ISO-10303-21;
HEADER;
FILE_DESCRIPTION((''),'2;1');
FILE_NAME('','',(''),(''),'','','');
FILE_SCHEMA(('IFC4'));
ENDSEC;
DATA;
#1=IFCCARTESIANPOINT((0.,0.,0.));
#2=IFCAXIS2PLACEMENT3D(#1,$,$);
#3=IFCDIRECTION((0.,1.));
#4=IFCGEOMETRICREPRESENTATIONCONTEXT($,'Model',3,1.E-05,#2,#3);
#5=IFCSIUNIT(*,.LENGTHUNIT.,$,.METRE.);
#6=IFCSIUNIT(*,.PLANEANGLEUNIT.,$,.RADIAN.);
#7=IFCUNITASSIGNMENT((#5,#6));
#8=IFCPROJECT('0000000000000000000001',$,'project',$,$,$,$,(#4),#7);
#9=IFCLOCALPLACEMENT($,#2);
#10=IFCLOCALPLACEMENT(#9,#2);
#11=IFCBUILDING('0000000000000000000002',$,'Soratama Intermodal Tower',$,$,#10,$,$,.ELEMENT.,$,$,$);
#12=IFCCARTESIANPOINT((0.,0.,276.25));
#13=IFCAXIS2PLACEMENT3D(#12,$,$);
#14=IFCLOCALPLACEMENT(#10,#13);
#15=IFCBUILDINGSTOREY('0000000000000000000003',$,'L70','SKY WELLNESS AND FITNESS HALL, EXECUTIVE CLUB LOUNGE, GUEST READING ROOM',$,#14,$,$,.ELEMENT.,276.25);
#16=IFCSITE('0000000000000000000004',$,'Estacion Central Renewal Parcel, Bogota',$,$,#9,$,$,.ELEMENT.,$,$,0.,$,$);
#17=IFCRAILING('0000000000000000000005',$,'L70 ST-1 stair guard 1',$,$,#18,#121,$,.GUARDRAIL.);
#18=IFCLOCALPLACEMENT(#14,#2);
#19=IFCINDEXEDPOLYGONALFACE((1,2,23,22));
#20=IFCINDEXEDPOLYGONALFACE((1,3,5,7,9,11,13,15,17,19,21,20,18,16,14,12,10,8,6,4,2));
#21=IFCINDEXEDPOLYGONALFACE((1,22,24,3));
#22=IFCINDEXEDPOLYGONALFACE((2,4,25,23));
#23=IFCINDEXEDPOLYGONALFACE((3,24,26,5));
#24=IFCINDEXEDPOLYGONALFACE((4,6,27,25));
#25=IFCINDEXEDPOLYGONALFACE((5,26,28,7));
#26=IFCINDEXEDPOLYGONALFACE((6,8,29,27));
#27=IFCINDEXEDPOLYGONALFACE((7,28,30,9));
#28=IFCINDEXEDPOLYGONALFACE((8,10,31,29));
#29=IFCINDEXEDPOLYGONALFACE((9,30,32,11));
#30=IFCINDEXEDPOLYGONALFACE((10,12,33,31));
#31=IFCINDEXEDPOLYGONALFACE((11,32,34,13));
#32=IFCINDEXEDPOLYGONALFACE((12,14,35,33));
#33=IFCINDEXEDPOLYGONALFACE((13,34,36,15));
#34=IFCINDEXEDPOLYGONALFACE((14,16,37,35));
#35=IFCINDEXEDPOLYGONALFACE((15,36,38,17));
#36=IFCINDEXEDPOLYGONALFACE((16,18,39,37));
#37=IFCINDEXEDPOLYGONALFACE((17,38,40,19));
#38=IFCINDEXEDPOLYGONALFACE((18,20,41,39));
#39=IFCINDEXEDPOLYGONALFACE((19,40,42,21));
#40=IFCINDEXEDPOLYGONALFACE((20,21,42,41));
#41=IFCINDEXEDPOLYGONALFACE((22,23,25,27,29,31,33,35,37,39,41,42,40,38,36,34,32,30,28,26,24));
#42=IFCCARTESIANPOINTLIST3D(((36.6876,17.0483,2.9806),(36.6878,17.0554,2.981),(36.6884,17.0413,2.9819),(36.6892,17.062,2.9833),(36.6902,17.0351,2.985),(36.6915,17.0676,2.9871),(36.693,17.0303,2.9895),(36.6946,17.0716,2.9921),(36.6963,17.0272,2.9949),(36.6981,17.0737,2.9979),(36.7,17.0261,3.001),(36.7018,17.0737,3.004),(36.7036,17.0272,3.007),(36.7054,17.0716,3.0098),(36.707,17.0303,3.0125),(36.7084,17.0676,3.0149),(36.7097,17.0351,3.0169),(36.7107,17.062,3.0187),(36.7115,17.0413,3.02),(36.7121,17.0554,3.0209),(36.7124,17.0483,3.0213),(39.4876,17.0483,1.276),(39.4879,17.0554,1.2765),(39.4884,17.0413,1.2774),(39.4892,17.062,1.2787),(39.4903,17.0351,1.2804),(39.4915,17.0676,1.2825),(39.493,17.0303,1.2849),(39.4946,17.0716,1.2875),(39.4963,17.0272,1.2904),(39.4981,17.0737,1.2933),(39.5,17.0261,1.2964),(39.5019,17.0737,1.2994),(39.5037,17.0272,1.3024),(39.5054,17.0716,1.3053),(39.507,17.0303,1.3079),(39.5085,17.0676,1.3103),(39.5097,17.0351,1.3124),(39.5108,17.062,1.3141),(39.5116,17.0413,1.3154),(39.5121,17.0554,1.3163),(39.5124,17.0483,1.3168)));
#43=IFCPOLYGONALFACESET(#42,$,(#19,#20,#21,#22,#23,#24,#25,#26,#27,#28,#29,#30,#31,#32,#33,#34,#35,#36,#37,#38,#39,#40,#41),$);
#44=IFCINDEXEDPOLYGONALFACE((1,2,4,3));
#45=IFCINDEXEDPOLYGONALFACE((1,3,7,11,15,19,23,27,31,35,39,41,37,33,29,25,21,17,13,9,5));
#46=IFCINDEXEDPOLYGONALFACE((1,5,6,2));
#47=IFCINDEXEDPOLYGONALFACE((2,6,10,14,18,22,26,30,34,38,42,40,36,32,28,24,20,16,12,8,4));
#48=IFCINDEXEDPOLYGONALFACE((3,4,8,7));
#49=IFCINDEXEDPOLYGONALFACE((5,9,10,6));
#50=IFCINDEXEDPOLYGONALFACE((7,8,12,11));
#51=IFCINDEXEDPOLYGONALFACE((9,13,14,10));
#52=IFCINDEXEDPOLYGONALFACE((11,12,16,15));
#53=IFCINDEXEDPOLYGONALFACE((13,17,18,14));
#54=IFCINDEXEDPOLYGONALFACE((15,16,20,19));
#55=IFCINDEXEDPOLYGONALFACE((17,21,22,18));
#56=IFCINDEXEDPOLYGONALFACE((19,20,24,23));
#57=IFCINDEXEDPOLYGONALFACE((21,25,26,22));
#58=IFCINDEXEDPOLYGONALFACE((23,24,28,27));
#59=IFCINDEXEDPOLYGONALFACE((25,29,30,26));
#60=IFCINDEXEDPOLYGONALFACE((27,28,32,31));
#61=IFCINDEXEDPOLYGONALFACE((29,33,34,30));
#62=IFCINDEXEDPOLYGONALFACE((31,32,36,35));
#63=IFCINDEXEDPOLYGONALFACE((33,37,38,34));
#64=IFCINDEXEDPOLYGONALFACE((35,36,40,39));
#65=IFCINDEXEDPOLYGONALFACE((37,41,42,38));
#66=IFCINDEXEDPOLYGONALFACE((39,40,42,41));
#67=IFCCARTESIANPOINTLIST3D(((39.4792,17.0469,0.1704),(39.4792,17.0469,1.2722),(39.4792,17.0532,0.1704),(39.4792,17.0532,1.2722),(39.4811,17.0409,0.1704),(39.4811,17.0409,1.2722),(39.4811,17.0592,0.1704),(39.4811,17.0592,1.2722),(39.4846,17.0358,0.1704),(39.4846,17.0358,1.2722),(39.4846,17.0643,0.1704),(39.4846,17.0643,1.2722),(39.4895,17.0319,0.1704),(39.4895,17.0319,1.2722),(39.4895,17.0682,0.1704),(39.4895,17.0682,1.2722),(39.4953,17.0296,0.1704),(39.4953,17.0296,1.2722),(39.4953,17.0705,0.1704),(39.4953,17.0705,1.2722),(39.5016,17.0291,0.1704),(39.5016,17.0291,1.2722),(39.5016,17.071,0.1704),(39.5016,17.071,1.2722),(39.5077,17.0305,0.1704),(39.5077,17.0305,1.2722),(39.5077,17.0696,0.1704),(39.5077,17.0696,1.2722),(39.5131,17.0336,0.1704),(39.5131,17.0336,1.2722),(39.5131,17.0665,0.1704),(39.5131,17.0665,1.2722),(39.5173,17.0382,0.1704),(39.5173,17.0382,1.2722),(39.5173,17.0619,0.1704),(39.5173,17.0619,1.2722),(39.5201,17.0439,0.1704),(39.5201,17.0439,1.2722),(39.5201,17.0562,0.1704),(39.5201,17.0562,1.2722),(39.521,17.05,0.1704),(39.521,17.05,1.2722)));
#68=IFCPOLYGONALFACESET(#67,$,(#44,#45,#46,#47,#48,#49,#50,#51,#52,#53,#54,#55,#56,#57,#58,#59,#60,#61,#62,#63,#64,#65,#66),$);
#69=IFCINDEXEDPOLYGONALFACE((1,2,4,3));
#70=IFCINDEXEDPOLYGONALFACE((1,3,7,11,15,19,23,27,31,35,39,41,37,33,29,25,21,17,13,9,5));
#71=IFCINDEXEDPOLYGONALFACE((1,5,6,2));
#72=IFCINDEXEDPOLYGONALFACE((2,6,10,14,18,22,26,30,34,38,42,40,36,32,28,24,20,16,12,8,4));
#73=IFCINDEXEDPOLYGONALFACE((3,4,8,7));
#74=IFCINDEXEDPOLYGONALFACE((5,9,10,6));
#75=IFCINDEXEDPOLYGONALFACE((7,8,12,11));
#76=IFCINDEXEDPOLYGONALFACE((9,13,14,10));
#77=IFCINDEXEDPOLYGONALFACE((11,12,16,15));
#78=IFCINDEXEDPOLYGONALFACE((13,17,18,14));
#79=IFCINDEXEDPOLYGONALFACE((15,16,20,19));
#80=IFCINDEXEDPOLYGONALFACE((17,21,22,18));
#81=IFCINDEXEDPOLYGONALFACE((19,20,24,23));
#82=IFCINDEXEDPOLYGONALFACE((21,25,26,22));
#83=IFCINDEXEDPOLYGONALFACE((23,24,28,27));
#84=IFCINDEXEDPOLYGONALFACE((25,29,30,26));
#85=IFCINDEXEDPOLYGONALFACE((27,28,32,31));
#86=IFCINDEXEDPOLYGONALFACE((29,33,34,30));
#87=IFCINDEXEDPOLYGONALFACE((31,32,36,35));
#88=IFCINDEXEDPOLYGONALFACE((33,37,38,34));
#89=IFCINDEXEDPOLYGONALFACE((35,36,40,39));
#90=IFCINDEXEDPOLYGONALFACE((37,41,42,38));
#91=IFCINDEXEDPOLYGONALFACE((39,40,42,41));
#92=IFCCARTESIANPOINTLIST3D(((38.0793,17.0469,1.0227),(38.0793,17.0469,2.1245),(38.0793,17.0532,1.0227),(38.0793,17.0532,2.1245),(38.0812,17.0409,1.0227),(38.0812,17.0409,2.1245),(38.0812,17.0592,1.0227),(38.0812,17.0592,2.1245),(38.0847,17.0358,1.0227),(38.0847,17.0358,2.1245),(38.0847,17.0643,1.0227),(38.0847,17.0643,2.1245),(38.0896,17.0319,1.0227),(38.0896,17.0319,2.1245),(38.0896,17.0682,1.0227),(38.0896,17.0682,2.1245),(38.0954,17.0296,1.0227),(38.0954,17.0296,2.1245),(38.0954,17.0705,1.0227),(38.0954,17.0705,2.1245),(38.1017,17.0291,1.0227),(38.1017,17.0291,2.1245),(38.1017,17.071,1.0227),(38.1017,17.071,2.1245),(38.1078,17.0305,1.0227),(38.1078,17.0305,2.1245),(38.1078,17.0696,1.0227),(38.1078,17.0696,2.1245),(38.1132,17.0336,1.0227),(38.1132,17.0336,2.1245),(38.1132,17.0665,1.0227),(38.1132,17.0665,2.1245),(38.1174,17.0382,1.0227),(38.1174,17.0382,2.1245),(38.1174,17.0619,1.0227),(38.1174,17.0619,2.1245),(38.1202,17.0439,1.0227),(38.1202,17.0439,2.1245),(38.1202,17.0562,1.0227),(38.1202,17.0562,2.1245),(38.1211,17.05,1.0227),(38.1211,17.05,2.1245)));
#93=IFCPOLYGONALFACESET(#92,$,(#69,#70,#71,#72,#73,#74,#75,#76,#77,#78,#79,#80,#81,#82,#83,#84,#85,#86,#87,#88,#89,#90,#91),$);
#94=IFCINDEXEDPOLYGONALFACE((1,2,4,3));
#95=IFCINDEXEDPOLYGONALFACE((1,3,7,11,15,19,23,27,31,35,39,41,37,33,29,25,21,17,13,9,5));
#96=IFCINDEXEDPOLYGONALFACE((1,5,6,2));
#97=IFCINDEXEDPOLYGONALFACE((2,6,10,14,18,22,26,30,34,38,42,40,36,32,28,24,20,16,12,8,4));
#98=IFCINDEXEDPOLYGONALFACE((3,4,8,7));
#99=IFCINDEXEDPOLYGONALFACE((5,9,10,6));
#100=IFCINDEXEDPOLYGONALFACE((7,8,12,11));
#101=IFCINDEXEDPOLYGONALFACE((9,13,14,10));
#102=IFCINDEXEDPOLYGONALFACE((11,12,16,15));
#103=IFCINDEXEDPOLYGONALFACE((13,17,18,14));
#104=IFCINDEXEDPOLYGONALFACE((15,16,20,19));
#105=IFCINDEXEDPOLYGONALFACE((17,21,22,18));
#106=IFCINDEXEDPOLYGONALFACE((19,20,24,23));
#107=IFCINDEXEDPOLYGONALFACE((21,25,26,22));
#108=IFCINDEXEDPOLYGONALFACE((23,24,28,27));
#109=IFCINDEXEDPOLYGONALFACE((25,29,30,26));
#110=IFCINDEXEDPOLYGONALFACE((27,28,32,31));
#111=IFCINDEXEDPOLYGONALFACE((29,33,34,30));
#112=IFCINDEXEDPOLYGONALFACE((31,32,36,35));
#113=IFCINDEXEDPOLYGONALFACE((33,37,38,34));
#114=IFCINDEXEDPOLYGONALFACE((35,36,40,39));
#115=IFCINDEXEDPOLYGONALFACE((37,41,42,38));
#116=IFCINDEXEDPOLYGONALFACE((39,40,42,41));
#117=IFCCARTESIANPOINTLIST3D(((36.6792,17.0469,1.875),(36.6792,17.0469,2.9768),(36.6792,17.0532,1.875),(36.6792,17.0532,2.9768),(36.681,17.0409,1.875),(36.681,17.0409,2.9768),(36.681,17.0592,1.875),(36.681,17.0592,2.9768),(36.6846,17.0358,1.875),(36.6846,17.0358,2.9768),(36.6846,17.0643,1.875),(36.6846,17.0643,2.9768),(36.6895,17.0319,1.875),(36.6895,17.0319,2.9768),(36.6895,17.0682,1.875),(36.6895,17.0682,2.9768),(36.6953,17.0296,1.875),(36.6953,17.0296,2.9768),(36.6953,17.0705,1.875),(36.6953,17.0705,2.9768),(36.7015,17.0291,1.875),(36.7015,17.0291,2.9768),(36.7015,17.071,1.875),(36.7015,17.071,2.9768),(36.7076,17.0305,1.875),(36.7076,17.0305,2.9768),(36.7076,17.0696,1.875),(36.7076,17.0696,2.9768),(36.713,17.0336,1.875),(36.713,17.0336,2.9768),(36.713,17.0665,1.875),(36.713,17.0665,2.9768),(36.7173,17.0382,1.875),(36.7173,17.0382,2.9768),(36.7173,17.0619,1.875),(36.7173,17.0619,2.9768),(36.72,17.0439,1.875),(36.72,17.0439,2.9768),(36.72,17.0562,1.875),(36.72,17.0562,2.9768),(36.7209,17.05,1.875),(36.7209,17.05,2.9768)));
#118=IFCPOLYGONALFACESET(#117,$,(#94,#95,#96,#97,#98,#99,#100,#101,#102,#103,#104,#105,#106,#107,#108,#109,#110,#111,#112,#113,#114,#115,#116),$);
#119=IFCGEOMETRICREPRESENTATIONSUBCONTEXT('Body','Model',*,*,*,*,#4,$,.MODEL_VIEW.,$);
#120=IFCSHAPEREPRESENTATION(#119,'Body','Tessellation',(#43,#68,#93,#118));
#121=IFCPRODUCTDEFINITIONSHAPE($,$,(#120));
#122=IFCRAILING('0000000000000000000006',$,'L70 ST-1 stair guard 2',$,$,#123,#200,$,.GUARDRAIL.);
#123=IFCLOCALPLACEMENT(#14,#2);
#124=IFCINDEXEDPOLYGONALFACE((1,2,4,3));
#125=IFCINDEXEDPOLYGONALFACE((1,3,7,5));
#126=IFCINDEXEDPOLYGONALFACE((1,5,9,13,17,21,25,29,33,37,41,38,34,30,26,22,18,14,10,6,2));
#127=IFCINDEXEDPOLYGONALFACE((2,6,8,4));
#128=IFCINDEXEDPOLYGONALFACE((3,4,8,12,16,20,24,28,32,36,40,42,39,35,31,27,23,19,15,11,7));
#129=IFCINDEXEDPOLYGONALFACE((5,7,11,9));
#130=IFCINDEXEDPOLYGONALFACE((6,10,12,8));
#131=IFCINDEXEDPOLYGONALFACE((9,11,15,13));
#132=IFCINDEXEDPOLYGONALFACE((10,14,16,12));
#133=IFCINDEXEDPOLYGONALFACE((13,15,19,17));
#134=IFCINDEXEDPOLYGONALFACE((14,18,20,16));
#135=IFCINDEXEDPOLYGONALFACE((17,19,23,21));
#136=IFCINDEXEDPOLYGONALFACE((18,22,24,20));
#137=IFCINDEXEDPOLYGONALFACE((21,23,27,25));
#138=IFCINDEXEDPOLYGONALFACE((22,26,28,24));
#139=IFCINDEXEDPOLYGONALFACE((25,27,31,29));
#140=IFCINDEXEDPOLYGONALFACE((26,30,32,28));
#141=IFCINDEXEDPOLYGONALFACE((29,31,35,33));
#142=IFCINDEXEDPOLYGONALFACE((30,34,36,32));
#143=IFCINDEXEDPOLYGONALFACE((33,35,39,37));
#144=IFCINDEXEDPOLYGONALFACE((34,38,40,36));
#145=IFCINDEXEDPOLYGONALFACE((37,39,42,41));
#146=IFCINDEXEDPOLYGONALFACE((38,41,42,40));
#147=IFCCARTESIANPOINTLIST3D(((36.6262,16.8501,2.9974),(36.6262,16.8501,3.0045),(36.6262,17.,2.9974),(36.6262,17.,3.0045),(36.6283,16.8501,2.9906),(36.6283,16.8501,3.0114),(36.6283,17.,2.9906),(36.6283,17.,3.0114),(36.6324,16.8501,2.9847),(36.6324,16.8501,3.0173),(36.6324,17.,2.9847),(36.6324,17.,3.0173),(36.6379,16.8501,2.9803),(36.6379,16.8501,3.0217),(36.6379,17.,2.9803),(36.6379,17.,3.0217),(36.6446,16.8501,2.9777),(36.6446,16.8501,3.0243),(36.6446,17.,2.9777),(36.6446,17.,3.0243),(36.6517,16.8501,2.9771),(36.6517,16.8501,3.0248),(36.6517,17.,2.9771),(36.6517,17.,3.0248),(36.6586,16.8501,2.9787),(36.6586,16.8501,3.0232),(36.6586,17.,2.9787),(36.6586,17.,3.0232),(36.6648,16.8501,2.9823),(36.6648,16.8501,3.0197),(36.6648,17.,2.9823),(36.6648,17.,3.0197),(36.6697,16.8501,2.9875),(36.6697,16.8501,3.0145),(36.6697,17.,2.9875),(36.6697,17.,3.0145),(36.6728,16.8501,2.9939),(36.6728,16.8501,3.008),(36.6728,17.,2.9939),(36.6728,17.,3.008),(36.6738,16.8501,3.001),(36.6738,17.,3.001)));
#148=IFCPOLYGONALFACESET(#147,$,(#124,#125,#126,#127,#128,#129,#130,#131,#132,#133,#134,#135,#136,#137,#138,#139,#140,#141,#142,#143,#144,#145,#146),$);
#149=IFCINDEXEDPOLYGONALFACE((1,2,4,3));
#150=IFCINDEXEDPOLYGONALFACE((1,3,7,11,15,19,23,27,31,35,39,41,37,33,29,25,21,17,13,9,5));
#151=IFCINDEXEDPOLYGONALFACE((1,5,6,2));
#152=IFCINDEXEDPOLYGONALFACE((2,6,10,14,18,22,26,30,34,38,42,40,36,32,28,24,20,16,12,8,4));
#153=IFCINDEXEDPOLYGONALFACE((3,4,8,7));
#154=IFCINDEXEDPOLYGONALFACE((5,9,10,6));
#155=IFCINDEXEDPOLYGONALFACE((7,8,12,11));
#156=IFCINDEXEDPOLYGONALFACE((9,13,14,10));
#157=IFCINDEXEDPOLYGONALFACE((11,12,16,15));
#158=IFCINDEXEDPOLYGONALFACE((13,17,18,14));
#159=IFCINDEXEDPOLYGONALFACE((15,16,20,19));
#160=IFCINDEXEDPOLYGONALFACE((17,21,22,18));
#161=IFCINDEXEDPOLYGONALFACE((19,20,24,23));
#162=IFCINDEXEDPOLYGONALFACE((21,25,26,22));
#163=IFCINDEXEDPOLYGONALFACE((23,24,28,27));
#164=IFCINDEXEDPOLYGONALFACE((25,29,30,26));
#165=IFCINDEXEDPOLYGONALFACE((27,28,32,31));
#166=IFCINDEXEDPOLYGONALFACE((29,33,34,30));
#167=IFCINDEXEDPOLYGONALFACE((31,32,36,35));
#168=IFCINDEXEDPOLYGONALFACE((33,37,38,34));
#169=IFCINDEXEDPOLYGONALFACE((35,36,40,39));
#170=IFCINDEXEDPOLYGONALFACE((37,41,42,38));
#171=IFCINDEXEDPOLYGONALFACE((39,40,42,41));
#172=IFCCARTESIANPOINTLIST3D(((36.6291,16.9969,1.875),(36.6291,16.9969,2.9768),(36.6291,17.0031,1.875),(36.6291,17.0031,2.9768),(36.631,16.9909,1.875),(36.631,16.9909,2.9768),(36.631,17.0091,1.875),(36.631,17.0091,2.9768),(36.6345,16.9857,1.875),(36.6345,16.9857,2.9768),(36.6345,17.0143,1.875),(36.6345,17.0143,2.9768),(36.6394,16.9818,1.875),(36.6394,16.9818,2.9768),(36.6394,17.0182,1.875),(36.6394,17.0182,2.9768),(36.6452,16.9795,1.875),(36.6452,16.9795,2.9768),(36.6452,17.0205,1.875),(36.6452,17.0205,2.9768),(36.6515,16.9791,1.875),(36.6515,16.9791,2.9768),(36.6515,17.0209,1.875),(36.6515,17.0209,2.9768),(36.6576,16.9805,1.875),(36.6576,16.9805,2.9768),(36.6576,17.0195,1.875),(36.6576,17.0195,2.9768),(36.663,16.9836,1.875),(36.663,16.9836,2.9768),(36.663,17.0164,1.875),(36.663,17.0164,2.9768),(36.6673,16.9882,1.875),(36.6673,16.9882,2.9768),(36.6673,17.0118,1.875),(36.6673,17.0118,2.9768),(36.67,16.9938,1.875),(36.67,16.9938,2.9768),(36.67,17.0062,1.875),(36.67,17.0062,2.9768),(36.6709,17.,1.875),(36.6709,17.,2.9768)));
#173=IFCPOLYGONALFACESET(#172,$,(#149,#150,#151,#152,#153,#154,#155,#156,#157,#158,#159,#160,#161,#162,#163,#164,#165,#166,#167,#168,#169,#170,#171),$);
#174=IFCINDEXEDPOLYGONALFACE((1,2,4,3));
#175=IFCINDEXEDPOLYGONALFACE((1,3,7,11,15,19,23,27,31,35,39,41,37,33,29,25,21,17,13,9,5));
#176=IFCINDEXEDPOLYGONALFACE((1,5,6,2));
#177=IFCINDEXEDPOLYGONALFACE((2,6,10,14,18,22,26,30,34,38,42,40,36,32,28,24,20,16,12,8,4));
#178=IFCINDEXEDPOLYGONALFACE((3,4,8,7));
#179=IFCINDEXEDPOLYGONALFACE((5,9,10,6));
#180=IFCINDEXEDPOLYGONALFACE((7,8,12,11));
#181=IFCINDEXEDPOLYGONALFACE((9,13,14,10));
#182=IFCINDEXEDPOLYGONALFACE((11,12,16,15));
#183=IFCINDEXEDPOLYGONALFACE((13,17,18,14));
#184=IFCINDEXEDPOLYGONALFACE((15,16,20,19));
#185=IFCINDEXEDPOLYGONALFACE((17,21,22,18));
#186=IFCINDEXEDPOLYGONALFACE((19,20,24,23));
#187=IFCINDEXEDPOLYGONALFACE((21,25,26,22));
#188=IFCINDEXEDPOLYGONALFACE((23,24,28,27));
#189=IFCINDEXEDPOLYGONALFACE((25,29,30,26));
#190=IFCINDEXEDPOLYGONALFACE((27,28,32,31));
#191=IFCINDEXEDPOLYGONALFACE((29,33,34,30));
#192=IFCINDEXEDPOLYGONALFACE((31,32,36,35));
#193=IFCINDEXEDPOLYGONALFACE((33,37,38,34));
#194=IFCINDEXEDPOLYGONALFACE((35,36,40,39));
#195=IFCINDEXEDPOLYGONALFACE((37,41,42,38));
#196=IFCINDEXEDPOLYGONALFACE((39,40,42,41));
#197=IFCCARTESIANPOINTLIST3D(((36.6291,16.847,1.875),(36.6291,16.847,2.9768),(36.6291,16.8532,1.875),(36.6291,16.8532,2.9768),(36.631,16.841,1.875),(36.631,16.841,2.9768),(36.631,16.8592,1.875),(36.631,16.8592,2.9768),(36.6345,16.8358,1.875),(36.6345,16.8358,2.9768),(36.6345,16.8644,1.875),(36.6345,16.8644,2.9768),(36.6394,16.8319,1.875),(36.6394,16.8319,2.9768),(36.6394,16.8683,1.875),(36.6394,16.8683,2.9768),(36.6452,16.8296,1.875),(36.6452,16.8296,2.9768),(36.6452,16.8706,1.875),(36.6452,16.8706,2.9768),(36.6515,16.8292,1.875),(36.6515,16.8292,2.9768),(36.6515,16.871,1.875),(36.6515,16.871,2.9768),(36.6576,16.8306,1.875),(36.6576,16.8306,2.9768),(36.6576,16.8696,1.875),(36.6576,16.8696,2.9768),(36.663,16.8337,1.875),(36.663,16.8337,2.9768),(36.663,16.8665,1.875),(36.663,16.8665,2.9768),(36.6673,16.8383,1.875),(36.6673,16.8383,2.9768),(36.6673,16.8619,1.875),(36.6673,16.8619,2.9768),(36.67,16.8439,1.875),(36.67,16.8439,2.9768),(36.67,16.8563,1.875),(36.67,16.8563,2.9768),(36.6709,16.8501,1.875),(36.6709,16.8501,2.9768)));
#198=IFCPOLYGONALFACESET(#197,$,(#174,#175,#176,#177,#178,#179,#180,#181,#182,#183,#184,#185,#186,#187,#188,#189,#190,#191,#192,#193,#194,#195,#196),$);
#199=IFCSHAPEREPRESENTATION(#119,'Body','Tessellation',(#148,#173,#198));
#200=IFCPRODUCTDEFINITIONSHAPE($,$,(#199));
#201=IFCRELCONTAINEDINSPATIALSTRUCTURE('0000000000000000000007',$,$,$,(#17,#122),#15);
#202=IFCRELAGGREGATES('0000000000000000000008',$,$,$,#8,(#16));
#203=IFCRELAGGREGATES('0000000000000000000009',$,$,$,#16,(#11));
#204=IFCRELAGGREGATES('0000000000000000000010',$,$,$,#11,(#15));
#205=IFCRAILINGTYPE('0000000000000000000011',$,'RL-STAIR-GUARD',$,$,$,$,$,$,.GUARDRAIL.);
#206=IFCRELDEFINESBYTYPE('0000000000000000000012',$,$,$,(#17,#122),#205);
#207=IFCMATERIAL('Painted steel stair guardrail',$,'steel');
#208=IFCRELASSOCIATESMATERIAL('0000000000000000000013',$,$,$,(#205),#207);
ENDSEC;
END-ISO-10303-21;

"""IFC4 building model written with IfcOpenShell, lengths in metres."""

from ifc_helpers import new_model, si_unit, direction, frame, origin, origin_2d, place, context, subcontext, project, spatial, circle, extrude, material, type_object, element, save


model = new_model("IFC4")

# Units and contexts
model_context = context("Model", 3, precision=1e-05, world=origin(), true_north=direction((0.0, 1.0)))
body_context = subcontext(model_context, "Body", "Model", "MODEL_VIEW")
ifc_project = project(units=[si_unit("LENGTHUNIT", "METRE"), si_unit("PLANEANGLEUNIT", "RADIAN")], contexts=[model_context])

# Site, building, storey
site_placement = place(None, origin())
site = spatial("IfcSite", under=ifc_project, at=site_placement, Name="Estacion Central Renewal Parcel, Bogota", CompositionType="ELEMENT", RefElevation=0.0)
building_placement = place(site_placement, origin())
building = spatial("IfcBuilding", under=site, at=building_placement, Name="Soratama Intermodal Tower", CompositionType="ELEMENT")
storey_placement = place(building_placement, frame((0.0, 0.0, 276.25)))
storey = spatial("IfcBuildingStorey", under=building, at=storey_placement, Name="L70", Description="SKY WELLNESS AND FITNESS HALL, EXECUTIVE CLUB LOUNGE, GUEST READING ROOM", CompositionType="ELEMENT", Elevation=276.25)

# Railings
ifc_material_1 = material(Name="Painted steel stair guardrail", Category="steel")
railing_type_1 = type_object("IfcRailingType", Name="RL-STAIR-GUARD", PredefinedType="GUARDRAIL", material=ifc_material_1)
railing_1_placement = place(storey_placement, frame((39.5, 17.05, 0.1704)))
element("IfcRailing", 1, at=railing_1_placement, inside=storey, type_object=railing_type_1, Name="L70 ST-1 stair guard 1", PredefinedType="GUARDRAIL", context=body_context, shape_type="SweptSolid", body=[
    extrude(circle(Radius=0.0239, at=origin_2d()), frame((0.0, 0.0, 1.126), z_axis=(-0.85417, 0.0, 0.519994), x_axis=(0.0, -1.0, 0.0)), (0.0, 0.0, 1.0), 3.2781),
    extrude(circle(Radius=0.021, at=origin_2d()), origin(), (0.0, 0.0, 1.0), 1.1018),
    extrude(circle(Radius=0.021, at=origin_2d()), frame((-1.3999, 0.0, 0.8523)), (0.0, 0.0, 1.0), 1.1018),
    extrude(circle(Radius=0.021, at=origin_2d()), frame((-2.8, 0.0, 1.7046)), (0.0, 0.0, 1.0), 1.1018),
])
railing_2_placement = place(storey_placement, frame((36.6499, 17.0, 1.875)))
element("IfcRailing", 2, at=railing_2_placement, inside=storey, type_object=railing_type_1, Name="L70 ST-1 stair guard 2", PredefinedType="GUARDRAIL", context=body_context, shape_type="SweptSolid", body=[
    extrude(circle(Radius=0.0239, at=origin_2d()), frame((0.0, 0.0, 1.126), z_axis=(0.0, -1.0, 0.0), x_axis=(1.0, 0.0, 0.0)), (0.0, 0.0, 1.0), 0.1499),
    extrude(circle(Radius=0.021, at=origin_2d()), origin(), (0.0, 0.0, 1.0), 1.1018),
    extrude(circle(Radius=0.021, at=origin_2d()), frame((0.0, -0.1499, 0.0)), (0.0, 0.0, 1.0), 1.1018),
])

save(model, "model.ifc")
